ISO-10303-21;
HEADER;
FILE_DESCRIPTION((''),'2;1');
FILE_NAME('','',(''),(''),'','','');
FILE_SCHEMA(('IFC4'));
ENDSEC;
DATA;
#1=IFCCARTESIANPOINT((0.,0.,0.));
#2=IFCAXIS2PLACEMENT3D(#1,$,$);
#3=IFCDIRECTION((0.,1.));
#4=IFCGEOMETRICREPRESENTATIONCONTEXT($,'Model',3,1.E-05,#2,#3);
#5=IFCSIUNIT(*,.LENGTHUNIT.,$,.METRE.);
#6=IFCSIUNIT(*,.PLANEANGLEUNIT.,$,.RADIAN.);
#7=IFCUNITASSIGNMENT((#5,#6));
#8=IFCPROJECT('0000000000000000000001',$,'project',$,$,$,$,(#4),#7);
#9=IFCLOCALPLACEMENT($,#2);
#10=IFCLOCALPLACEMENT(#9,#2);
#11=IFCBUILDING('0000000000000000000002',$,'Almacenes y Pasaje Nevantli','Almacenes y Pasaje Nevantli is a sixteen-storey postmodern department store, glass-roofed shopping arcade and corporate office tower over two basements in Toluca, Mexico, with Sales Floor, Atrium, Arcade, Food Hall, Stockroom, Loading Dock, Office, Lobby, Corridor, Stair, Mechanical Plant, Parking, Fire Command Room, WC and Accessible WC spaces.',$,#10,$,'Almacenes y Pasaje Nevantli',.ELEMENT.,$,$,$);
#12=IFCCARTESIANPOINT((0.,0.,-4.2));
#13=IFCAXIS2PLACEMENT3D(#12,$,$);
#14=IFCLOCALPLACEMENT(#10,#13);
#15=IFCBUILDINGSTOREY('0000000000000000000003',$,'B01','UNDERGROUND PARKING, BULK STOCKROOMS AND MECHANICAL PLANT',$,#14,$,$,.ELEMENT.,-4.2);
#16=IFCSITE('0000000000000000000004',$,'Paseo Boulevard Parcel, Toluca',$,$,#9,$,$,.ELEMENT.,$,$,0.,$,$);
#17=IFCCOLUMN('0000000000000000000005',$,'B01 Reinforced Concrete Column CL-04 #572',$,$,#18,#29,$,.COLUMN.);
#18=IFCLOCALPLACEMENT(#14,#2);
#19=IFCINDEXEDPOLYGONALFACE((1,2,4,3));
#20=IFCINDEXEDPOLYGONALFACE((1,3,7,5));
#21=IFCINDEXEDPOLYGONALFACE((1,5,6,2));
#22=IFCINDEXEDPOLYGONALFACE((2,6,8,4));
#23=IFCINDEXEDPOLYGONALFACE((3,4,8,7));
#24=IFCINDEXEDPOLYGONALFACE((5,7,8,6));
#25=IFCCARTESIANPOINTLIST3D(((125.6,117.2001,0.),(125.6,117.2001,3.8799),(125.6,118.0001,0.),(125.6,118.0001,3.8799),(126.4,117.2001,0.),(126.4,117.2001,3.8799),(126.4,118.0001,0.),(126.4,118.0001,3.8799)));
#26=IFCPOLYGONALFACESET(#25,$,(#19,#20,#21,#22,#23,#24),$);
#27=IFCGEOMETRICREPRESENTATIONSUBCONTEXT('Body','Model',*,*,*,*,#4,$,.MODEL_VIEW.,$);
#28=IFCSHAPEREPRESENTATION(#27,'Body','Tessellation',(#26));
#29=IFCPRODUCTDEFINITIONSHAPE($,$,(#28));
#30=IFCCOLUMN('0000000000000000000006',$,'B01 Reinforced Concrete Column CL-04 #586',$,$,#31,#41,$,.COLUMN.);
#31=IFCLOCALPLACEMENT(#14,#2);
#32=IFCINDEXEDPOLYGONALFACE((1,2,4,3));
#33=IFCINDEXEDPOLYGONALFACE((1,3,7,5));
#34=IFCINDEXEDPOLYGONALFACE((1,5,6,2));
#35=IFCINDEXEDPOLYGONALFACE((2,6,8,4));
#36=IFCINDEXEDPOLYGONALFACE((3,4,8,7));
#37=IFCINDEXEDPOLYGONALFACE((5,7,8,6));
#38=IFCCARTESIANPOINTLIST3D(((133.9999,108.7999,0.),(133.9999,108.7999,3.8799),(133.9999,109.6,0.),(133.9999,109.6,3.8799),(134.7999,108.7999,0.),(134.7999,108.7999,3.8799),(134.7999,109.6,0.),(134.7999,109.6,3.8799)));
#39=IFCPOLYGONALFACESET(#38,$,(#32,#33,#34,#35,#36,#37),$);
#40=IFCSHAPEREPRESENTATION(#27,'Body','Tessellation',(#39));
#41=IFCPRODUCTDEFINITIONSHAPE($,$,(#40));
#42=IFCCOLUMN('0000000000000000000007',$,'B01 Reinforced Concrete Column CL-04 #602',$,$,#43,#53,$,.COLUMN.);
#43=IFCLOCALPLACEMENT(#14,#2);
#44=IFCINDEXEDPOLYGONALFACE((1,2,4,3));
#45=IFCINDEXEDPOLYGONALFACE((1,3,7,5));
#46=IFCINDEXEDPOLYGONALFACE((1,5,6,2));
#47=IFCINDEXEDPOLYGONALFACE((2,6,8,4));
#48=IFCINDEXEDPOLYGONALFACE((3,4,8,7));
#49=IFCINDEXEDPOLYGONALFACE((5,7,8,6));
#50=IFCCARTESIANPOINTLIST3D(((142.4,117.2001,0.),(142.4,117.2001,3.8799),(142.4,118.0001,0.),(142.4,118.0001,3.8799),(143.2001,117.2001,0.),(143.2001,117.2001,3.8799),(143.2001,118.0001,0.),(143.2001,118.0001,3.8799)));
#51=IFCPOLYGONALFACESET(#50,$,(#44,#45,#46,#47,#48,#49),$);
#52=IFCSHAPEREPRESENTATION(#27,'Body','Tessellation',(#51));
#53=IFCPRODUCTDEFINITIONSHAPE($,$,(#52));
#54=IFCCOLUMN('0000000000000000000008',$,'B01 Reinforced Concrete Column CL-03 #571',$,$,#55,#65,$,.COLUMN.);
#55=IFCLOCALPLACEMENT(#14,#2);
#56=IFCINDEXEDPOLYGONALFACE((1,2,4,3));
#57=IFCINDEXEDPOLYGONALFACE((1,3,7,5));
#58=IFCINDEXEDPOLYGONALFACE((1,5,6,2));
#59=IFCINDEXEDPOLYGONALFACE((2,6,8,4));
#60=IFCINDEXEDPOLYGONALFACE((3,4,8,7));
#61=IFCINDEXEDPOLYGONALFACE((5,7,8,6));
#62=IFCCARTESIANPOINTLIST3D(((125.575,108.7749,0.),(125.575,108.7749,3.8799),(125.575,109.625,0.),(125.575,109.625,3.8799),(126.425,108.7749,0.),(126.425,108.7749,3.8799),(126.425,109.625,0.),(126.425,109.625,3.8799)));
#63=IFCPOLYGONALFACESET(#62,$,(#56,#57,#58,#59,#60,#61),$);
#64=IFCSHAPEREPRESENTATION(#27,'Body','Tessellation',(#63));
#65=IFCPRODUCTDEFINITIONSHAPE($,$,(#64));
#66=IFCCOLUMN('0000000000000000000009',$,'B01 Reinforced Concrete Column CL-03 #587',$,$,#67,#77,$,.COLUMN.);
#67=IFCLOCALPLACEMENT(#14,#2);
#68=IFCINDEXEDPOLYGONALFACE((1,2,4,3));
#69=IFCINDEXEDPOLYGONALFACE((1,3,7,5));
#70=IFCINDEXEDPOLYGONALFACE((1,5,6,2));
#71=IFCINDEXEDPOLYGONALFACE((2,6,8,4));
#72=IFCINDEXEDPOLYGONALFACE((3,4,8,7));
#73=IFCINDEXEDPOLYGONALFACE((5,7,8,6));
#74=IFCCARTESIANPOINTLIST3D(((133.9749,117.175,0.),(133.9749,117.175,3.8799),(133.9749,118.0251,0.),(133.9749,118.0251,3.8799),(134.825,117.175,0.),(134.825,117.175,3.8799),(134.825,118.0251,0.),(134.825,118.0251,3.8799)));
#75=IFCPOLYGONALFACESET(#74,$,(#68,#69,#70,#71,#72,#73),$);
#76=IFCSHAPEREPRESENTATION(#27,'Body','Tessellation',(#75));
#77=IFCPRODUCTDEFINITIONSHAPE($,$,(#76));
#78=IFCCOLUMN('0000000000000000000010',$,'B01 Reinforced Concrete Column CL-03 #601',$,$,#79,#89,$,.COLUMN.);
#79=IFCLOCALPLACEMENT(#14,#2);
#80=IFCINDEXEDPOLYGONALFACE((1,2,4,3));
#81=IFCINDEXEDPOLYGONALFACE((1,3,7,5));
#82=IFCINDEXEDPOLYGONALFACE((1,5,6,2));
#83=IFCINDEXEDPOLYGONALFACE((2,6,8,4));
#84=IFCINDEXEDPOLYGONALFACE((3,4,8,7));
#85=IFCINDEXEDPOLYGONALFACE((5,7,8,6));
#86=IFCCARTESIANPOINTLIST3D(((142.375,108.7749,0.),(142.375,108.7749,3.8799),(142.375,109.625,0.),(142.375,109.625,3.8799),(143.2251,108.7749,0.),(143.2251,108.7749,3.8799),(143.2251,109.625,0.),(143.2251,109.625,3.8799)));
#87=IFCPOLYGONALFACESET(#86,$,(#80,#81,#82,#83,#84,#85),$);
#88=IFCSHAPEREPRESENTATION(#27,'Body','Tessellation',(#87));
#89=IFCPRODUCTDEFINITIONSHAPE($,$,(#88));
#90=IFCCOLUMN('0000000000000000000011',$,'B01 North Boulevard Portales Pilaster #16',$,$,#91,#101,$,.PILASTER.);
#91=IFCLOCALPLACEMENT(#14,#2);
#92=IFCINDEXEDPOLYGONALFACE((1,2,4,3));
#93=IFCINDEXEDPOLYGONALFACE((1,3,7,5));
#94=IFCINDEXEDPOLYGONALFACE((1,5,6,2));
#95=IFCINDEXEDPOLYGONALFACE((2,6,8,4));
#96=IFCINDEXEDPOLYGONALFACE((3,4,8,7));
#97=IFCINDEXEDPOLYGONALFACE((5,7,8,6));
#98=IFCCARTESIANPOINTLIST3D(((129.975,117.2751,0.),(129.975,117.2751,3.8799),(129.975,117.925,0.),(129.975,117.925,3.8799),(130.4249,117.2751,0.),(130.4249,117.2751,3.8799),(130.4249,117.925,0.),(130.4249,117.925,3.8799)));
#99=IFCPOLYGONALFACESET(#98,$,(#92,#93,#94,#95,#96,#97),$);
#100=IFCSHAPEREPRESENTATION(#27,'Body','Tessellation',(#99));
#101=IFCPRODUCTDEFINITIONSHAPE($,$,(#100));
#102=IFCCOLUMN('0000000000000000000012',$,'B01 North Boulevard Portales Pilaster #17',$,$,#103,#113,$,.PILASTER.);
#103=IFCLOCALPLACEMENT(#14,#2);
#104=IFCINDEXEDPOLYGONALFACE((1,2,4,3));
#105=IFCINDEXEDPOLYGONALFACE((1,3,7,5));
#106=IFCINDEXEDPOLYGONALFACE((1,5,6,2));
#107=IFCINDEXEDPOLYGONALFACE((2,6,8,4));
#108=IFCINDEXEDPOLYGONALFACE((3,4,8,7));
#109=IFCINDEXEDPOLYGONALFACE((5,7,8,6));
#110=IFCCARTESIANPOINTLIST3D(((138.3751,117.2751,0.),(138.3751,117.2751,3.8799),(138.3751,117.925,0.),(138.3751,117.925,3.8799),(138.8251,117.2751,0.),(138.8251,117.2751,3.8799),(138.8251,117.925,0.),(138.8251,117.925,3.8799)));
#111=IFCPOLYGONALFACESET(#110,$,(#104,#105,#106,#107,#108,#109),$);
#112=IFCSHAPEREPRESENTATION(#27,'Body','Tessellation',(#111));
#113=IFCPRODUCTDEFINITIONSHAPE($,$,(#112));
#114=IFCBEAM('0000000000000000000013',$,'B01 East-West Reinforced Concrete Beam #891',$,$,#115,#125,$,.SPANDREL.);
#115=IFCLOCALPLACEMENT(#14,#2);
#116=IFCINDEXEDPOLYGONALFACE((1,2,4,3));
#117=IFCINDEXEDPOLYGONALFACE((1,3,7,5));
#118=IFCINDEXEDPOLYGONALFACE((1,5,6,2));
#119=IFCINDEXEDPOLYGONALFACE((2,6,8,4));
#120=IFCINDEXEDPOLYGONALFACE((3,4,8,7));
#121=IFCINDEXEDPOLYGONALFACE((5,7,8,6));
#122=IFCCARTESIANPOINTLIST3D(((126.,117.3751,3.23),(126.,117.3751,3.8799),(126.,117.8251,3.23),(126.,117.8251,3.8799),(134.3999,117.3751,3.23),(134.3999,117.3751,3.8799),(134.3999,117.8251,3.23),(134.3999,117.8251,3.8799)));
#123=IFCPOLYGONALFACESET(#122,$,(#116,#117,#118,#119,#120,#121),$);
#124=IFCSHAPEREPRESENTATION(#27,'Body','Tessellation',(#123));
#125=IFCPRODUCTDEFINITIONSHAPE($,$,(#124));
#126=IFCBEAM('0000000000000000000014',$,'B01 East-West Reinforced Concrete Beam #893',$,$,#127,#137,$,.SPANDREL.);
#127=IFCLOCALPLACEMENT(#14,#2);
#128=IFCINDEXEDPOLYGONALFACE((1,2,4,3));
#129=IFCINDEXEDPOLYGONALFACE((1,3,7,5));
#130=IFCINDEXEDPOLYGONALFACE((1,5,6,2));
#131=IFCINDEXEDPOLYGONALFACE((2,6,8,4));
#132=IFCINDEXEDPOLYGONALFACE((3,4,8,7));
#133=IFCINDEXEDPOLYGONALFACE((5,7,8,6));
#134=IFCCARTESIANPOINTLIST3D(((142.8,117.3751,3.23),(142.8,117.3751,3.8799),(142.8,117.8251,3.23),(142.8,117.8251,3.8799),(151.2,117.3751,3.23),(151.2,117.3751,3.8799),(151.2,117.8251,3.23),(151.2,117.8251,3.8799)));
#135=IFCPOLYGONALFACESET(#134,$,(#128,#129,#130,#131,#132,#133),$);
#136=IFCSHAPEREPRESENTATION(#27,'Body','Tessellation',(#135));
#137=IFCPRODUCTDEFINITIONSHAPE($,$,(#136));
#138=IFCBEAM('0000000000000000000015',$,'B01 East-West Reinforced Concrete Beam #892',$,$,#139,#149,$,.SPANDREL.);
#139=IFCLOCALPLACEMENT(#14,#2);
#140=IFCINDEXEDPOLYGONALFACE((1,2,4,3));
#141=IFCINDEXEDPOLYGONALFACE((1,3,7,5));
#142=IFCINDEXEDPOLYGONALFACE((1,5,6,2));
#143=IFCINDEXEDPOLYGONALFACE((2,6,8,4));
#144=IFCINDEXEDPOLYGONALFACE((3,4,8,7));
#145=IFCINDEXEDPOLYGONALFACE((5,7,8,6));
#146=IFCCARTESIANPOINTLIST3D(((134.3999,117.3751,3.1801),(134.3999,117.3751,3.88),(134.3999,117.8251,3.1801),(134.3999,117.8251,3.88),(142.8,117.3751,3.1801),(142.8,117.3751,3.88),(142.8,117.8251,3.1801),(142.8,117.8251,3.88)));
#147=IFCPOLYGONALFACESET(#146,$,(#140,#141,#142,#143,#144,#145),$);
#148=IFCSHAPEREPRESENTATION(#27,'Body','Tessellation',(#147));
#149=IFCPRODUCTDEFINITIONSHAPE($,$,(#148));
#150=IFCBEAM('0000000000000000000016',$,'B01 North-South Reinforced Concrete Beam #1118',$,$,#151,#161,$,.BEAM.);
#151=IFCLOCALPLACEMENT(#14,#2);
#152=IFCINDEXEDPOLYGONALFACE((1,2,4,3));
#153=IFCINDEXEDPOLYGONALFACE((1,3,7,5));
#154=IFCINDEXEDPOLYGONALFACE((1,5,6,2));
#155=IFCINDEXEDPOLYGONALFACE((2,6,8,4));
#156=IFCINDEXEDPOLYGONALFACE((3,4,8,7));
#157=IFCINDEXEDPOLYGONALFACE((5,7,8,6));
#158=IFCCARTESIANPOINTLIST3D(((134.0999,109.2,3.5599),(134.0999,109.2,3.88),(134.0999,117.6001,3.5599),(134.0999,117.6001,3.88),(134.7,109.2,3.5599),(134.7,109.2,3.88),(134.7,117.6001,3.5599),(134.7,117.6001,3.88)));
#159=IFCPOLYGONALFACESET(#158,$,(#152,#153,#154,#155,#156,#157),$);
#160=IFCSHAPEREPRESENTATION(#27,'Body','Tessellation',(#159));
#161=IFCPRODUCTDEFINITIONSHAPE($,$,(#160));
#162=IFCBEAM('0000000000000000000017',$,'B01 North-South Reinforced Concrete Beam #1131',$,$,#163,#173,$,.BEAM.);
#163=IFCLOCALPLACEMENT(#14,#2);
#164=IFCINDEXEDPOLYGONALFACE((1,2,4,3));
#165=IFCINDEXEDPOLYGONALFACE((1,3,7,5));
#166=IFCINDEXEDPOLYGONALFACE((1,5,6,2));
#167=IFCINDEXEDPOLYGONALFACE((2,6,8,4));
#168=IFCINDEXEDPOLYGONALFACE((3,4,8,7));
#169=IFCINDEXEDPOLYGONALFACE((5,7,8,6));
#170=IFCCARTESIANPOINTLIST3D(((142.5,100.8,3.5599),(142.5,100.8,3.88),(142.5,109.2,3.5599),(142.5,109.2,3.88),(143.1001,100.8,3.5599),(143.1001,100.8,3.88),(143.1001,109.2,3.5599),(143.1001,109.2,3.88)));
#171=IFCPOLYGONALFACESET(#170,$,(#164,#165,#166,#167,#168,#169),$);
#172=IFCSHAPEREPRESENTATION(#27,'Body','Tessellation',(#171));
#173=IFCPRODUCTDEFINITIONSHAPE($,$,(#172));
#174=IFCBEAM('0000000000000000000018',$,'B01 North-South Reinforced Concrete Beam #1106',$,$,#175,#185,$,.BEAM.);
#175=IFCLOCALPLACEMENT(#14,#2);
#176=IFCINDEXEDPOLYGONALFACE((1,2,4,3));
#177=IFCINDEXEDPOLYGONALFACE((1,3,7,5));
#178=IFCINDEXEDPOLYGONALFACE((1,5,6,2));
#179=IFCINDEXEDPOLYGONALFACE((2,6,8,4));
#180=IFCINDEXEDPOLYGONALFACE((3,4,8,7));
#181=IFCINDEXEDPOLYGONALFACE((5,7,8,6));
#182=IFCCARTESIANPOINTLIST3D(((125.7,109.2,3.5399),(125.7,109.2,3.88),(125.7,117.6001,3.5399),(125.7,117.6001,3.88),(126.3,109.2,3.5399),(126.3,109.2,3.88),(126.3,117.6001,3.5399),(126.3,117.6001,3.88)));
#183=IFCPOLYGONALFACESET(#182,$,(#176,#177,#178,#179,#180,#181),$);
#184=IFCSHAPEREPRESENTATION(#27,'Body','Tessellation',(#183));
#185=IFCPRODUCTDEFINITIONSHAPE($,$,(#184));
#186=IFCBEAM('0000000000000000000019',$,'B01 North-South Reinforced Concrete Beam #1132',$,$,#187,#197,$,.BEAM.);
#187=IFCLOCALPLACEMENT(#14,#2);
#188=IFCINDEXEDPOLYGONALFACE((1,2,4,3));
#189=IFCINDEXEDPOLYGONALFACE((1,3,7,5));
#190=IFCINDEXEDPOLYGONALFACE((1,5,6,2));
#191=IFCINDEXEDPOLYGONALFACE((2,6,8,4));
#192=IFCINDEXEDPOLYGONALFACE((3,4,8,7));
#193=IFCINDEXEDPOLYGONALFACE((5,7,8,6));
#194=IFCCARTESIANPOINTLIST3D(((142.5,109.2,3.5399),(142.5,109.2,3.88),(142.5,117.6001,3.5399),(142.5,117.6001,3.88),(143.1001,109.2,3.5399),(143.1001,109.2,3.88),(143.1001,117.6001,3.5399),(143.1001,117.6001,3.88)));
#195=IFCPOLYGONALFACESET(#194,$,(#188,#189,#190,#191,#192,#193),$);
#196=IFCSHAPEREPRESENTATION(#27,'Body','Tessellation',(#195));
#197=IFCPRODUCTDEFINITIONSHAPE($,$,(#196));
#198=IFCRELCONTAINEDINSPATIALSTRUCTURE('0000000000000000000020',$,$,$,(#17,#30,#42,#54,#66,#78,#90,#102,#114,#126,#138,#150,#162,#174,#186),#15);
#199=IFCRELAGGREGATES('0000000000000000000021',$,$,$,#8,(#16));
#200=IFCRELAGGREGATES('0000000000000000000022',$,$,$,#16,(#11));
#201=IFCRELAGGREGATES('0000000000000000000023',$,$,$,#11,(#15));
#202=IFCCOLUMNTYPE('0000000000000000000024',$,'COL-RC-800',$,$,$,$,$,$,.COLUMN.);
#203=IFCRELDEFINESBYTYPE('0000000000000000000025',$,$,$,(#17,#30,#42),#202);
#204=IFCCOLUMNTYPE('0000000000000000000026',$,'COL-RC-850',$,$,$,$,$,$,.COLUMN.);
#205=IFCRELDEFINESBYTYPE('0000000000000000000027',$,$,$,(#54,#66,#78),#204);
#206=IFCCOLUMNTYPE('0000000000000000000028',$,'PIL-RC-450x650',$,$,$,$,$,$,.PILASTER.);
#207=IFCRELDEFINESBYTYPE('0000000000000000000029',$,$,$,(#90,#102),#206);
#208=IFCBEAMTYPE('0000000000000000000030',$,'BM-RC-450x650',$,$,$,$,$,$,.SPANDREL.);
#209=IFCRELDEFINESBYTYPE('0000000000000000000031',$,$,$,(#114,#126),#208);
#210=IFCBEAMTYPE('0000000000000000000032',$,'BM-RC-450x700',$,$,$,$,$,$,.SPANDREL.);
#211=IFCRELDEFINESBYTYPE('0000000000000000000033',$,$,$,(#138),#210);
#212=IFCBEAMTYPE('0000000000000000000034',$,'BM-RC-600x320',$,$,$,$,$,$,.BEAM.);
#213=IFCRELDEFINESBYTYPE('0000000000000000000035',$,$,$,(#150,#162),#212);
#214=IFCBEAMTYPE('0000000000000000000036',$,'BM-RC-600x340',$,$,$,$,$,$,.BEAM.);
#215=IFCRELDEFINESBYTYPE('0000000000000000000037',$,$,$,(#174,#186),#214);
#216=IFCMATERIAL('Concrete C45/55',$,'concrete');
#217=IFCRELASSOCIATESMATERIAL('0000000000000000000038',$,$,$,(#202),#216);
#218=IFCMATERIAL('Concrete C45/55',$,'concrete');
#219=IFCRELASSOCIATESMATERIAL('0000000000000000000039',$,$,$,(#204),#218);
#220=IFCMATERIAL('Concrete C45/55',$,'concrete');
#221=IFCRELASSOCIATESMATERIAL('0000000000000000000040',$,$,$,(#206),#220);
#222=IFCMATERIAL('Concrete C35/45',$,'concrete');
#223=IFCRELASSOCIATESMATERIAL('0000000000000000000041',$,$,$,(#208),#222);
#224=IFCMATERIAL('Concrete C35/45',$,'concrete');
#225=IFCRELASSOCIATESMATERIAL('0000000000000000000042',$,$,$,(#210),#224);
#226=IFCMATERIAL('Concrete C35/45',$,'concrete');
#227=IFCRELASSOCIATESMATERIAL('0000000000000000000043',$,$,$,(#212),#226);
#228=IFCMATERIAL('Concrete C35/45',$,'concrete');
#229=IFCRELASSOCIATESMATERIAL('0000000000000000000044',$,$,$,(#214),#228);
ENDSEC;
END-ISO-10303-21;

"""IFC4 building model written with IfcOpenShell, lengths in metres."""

from ifc_helpers import new_model, si_unit, direction, frame, origin, origin_2d, place, context, subcontext, project, spatial, rectangle, extrude, material, material_profile, profile_set, type_object, element, save


model = new_model("IFC4")

# Units and contexts
model_context = context("Model", 3, precision=1e-05, world=origin(), true_north=direction((0.0, 1.0)))
body_context = subcontext(model_context, "Body", "Model", "MODEL_VIEW")
ifc_project = project(units=[si_unit("LENGTHUNIT", "METRE"), si_unit("PLANEANGLEUNIT", "RADIAN")], contexts=[model_context])

# Site, building, storey
site_placement = place(None, origin())
site = spatial("IfcSite", under=ifc_project, at=site_placement, Name="Paseo Boulevard Parcel, Toluca", CompositionType="ELEMENT", RefElevation=0.0)
building_placement = place(site_placement, origin())
building = spatial("IfcBuilding", under=site, at=building_placement, Name="Almacenes y Pasaje Nevantli", Description="Almacenes y Pasaje Nevantli is a sixteen-storey postmodern department store, glass-roofed shopping arcade and corporate office tower over two basements in Toluca, Mexico, with Sales Floor, Atrium, Arcade, Food Hall, Stockroom, Loading Dock, Office, Lobby, Corridor, Stair, Mechanical Plant, Parking, Fire Command Room, WC and Accessible WC spaces.", LongName="Almacenes y Pasaje Nevantli", CompositionType="ELEMENT")
storey_placement = place(building_placement, frame((0.0, 0.0, -4.2)))
storey = spatial("IfcBuildingStorey", under=building, at=storey_placement, Name="B01", Description="UNDERGROUND PARKING, BULK STOCKROOMS AND MECHANICAL PLANT", CompositionType="ELEMENT", Elevation=-4.2)

# Columns
ifc_material_1 = material(Name="Concrete C45/55", Category="concrete")
ifc_material_profile_1 = material_profile(ifc_material_1, rectangle(XDim=0.8, YDim=0.8, at=origin_2d()), Name="RC-COL-800x800")
ifc_profile_set_1 = profile_set([ifc_material_profile_1], Name="Concrete C45/55")
column_type_1 = type_object("IfcColumnType", Name="COL-RC-800", PredefinedType="COLUMN", material=ifc_profile_set_1)
for number, where, z_axis, x_axis, name in (
    (1, (126.0, 117.6001, 0.0), (0.0, 0.0, 1.0), (1.0, 0.0, 0.0), "B01 Reinforced Concrete Column CL-04 #572"),
    (2, (134.3999, 109.2, 0.0), (0.0, 0.0, 1.0), (1.0, 0.0, 0.0), "B01 Reinforced Concrete Column CL-04 #586"),
    (3, (142.8, 117.6001, 0.0), (0.0, 0.0, 1.0), (1.0, 0.0, 0.0), "B01 Reinforced Concrete Column CL-04 #602"),
):
    element("IfcColumn", number, at=place(storey_placement, frame(where, z_axis=z_axis, x_axis=x_axis)), inside=storey, type_object=column_type_1, Name=name, PredefinedType="COLUMN", context=body_context, shape_type="SweptSolid", body=[
        extrude(rectangle(XDim=0.8, YDim=0.8, at=origin_2d()), origin(), (0.0, 0.0, 1.0), 3.8799),
    ])
ifc_material_2 = material(Name="Concrete C45/55", Category="concrete")
ifc_material_profile_2 = material_profile(ifc_material_2, rectangle(XDim=0.8501, YDim=0.8501, at=origin_2d()), Name="RC-COL-850x850")
ifc_profile_set_2 = profile_set([ifc_material_profile_2], Name="Concrete C45/55")
column_type_2 = type_object("IfcColumnType", Name="COL-RC-850", PredefinedType="COLUMN", material=ifc_profile_set_2)
for number, where, z_axis, x_axis, name in (
    (4, (126.0, 109.2, 0.0), (0.0, 0.0, 1.0), (1.0, 0.0, 0.0), "B01 Reinforced Concrete Column CL-03 #571"),
    (5, (134.3999, 117.6001, 0.0), (0.0, 0.0, 1.0), (1.0, 0.0, 0.0), "B01 Reinforced Concrete Column CL-03 #587"),
    (6, (142.8, 109.2, 0.0), (0.0, 0.0, 1.0), (1.0, 0.0, 0.0), "B01 Reinforced Concrete Column CL-03 #601"),
):
    element("IfcColumn", number, at=place(storey_placement, frame(where, z_axis=z_axis, x_axis=x_axis)), inside=storey, type_object=column_type_2, Name=name, PredefinedType="COLUMN", context=body_context, shape_type="SweptSolid", body=[
        extrude(rectangle(XDim=0.8501, YDim=0.8501, at=origin_2d()), origin(), (0.0, 0.0, 1.0), 3.8799),
    ])
ifc_material_3 = material(Name="Concrete C45/55", Category="concrete")
ifc_material_profile_3 = material_profile(ifc_material_3, rectangle(XDim=0.45, YDim=0.6499, at=origin_2d()), Name="RC-PIL-450x650")
ifc_profile_set_3 = profile_set([ifc_material_profile_3], Name="Concrete C45/55")
column_type_3 = type_object("IfcColumnType", Name="PIL-RC-450x650", PredefinedType="PILASTER", material=ifc_profile_set_3)
for number, where, z_axis, x_axis, name in (
    (7, (130.2, 117.6001, 0.0), (0.0, 0.0, 1.0), (1.0, 0.0, 0.0), "B01 North Boulevard Portales Pilaster #16"),
    (8, (138.6001, 117.6001, 0.0), (0.0, 0.0, 1.0), (1.0, 0.0, 0.0), "B01 North Boulevard Portales Pilaster #17"),
):
    element("IfcColumn", number, at=place(storey_placement, frame(where, z_axis=z_axis, x_axis=x_axis)), inside=storey, type_object=column_type_3, Name=name, PredefinedType="PILASTER", context=body_context, shape_type="SweptSolid", body=[
        extrude(rectangle(XDim=0.45, YDim=0.6499, at=origin_2d()), origin(), (0.0, 0.0, 1.0), 3.8799),
    ])

# Beams
ifc_material_4 = material(Name="Concrete C35/45", Category="concrete")
ifc_material_profile_4 = material_profile(ifc_material_4, rectangle(XDim=0.45, YDim=0.6499, at=origin_2d()), Name="RC-BM-450x650")
ifc_profile_set_4 = profile_set([ifc_material_profile_4], Name="Concrete C35/45")
beam_type_1 = type_object("IfcBeamType", Name="BM-RC-450x650", PredefinedType="SPANDREL", material=ifc_profile_set_4)
for number, where, z_axis, x_axis, name in (
    (9, (126.0, 117.6001, 3.5549), (1.0, 0.0, 0.0), (0.0, 1.0, 0.0), "B01 East-West Reinforced Concrete Beam #891"),
    (10, (142.8, 117.6001, 3.5549), (1.0, 0.0, 0.0), (0.0, 1.0, 0.0), "B01 East-West Reinforced Concrete Beam #893"),
):
    element("IfcBeam", number, at=place(storey_placement, frame(where, z_axis=z_axis, x_axis=x_axis)), inside=storey, type_object=beam_type_1, Name=name, PredefinedType="SPANDREL", context=body_context, shape_type="SweptSolid", body=[
        extrude(rectangle(XDim=0.45, YDim=0.6499, at=origin_2d()), origin(), (0.0, 0.0, 1.0), 8.3999),
    ])
ifc_material_5 = material(Name="Concrete C35/45", Category="concrete")
ifc_material_profile_5 = material_profile(ifc_material_5, rectangle(XDim=0.45, YDim=0.7, at=origin_2d()), Name="RC-BM-450x700")
ifc_profile_set_5 = profile_set([ifc_material_profile_5], Name="Concrete C35/45")
beam_type_2 = type_object("IfcBeamType", Name="BM-RC-450x700", PredefinedType="SPANDREL", material=ifc_profile_set_5)
beam_1_placement = place(storey_placement, frame((134.3999, 117.6001, 3.53), z_axis=(1.0, 0.0, 0.0), x_axis=(0.0, 1.0, 0.0)))
element("IfcBeam", 11, at=beam_1_placement, inside=storey, type_object=beam_type_2, Name="B01 East-West Reinforced Concrete Beam #892", PredefinedType="SPANDREL", context=body_context, shape_type="SweptSolid", body=[
    extrude(rectangle(XDim=0.45, YDim=0.7, at=origin_2d()), origin(), (0.0, 0.0, 1.0), 8.4001),
])
ifc_material_6 = material(Name="Concrete C35/45", Category="concrete")
ifc_material_profile_6 = material_profile(ifc_material_6, rectangle(XDim=0.6001, YDim=0.3201, at=origin_2d()), Name="RC-BM-600x320")
ifc_profile_set_6 = profile_set([ifc_material_profile_6], Name="Concrete C35/45")
beam_type_3 = type_object("IfcBeamType", Name="BM-RC-600x320", PredefinedType="BEAM", material=ifc_profile_set_6)
beam_2_placement = place(storey_placement, frame((134.3999, 109.2, 3.72), z_axis=(0.0, 1.0, 0.0), x_axis=(-1.0, 0.0, 0.0)))
element("IfcBeam", 12, at=beam_2_placement, inside=storey, type_object=beam_type_3, Name="B01 North-South Reinforced Concrete Beam #1118", PredefinedType="BEAM", context=body_context, shape_type="SweptSolid", body=[
    extrude(rectangle(XDim=0.6001, YDim=0.3201, at=origin_2d()), origin(), (0.0, 0.0, 1.0), 8.4001),
])
beam_3_placement = place(storey_placement, frame((142.8, 100.8, 3.72), z_axis=(0.0, 1.0, 0.0), x_axis=(-1.0, 0.0, 0.0)))
element("IfcBeam", 13, at=beam_3_placement, inside=storey, type_object=beam_type_3, Name="B01 North-South Reinforced Concrete Beam #1131", PredefinedType="BEAM", context=body_context, shape_type="SweptSolid", body=[
    extrude(rectangle(XDim=0.6001, YDim=0.3201, at=origin_2d()), origin(), (0.0, 0.0, 1.0), 8.3999),
])
ifc_material_7 = material(Name="Concrete C35/45", Category="concrete")
ifc_material_profile_7 = material_profile(ifc_material_7, rectangle(XDim=0.6001, YDim=0.3401, at=origin_2d()), Name="RC-BM-600x340")
ifc_profile_set_7 = profile_set([ifc_material_profile_7], Name="Concrete C35/45")
beam_type_4 = type_object("IfcBeamType", Name="BM-RC-600x340", PredefinedType="BEAM", material=ifc_profile_set_7)
for number, where, z_axis, x_axis, name in (
    (14, (126.0, 109.2, 3.71), (0.0, 1.0, 0.0), (-1.0, 0.0, 0.0), "B01 North-South Reinforced Concrete Beam #1106"),
    (15, (142.8, 109.2, 3.71), (0.0, 1.0, 0.0), (-1.0, 0.0, 0.0), "B01 North-South Reinforced Concrete Beam #1132"),
):
    element("IfcBeam", number, at=place(storey_placement, frame(where, z_axis=z_axis, x_axis=x_axis)), inside=storey, type_object=beam_type_4, Name=name, PredefinedType="BEAM", context=body_context, shape_type="SweptSolid", body=[
        extrude(rectangle(XDim=0.6001, YDim=0.3401, at=origin_2d()), origin(), (0.0, 0.0, 1.0), 8.4001),
    ])

save(model, "model.ifc")
